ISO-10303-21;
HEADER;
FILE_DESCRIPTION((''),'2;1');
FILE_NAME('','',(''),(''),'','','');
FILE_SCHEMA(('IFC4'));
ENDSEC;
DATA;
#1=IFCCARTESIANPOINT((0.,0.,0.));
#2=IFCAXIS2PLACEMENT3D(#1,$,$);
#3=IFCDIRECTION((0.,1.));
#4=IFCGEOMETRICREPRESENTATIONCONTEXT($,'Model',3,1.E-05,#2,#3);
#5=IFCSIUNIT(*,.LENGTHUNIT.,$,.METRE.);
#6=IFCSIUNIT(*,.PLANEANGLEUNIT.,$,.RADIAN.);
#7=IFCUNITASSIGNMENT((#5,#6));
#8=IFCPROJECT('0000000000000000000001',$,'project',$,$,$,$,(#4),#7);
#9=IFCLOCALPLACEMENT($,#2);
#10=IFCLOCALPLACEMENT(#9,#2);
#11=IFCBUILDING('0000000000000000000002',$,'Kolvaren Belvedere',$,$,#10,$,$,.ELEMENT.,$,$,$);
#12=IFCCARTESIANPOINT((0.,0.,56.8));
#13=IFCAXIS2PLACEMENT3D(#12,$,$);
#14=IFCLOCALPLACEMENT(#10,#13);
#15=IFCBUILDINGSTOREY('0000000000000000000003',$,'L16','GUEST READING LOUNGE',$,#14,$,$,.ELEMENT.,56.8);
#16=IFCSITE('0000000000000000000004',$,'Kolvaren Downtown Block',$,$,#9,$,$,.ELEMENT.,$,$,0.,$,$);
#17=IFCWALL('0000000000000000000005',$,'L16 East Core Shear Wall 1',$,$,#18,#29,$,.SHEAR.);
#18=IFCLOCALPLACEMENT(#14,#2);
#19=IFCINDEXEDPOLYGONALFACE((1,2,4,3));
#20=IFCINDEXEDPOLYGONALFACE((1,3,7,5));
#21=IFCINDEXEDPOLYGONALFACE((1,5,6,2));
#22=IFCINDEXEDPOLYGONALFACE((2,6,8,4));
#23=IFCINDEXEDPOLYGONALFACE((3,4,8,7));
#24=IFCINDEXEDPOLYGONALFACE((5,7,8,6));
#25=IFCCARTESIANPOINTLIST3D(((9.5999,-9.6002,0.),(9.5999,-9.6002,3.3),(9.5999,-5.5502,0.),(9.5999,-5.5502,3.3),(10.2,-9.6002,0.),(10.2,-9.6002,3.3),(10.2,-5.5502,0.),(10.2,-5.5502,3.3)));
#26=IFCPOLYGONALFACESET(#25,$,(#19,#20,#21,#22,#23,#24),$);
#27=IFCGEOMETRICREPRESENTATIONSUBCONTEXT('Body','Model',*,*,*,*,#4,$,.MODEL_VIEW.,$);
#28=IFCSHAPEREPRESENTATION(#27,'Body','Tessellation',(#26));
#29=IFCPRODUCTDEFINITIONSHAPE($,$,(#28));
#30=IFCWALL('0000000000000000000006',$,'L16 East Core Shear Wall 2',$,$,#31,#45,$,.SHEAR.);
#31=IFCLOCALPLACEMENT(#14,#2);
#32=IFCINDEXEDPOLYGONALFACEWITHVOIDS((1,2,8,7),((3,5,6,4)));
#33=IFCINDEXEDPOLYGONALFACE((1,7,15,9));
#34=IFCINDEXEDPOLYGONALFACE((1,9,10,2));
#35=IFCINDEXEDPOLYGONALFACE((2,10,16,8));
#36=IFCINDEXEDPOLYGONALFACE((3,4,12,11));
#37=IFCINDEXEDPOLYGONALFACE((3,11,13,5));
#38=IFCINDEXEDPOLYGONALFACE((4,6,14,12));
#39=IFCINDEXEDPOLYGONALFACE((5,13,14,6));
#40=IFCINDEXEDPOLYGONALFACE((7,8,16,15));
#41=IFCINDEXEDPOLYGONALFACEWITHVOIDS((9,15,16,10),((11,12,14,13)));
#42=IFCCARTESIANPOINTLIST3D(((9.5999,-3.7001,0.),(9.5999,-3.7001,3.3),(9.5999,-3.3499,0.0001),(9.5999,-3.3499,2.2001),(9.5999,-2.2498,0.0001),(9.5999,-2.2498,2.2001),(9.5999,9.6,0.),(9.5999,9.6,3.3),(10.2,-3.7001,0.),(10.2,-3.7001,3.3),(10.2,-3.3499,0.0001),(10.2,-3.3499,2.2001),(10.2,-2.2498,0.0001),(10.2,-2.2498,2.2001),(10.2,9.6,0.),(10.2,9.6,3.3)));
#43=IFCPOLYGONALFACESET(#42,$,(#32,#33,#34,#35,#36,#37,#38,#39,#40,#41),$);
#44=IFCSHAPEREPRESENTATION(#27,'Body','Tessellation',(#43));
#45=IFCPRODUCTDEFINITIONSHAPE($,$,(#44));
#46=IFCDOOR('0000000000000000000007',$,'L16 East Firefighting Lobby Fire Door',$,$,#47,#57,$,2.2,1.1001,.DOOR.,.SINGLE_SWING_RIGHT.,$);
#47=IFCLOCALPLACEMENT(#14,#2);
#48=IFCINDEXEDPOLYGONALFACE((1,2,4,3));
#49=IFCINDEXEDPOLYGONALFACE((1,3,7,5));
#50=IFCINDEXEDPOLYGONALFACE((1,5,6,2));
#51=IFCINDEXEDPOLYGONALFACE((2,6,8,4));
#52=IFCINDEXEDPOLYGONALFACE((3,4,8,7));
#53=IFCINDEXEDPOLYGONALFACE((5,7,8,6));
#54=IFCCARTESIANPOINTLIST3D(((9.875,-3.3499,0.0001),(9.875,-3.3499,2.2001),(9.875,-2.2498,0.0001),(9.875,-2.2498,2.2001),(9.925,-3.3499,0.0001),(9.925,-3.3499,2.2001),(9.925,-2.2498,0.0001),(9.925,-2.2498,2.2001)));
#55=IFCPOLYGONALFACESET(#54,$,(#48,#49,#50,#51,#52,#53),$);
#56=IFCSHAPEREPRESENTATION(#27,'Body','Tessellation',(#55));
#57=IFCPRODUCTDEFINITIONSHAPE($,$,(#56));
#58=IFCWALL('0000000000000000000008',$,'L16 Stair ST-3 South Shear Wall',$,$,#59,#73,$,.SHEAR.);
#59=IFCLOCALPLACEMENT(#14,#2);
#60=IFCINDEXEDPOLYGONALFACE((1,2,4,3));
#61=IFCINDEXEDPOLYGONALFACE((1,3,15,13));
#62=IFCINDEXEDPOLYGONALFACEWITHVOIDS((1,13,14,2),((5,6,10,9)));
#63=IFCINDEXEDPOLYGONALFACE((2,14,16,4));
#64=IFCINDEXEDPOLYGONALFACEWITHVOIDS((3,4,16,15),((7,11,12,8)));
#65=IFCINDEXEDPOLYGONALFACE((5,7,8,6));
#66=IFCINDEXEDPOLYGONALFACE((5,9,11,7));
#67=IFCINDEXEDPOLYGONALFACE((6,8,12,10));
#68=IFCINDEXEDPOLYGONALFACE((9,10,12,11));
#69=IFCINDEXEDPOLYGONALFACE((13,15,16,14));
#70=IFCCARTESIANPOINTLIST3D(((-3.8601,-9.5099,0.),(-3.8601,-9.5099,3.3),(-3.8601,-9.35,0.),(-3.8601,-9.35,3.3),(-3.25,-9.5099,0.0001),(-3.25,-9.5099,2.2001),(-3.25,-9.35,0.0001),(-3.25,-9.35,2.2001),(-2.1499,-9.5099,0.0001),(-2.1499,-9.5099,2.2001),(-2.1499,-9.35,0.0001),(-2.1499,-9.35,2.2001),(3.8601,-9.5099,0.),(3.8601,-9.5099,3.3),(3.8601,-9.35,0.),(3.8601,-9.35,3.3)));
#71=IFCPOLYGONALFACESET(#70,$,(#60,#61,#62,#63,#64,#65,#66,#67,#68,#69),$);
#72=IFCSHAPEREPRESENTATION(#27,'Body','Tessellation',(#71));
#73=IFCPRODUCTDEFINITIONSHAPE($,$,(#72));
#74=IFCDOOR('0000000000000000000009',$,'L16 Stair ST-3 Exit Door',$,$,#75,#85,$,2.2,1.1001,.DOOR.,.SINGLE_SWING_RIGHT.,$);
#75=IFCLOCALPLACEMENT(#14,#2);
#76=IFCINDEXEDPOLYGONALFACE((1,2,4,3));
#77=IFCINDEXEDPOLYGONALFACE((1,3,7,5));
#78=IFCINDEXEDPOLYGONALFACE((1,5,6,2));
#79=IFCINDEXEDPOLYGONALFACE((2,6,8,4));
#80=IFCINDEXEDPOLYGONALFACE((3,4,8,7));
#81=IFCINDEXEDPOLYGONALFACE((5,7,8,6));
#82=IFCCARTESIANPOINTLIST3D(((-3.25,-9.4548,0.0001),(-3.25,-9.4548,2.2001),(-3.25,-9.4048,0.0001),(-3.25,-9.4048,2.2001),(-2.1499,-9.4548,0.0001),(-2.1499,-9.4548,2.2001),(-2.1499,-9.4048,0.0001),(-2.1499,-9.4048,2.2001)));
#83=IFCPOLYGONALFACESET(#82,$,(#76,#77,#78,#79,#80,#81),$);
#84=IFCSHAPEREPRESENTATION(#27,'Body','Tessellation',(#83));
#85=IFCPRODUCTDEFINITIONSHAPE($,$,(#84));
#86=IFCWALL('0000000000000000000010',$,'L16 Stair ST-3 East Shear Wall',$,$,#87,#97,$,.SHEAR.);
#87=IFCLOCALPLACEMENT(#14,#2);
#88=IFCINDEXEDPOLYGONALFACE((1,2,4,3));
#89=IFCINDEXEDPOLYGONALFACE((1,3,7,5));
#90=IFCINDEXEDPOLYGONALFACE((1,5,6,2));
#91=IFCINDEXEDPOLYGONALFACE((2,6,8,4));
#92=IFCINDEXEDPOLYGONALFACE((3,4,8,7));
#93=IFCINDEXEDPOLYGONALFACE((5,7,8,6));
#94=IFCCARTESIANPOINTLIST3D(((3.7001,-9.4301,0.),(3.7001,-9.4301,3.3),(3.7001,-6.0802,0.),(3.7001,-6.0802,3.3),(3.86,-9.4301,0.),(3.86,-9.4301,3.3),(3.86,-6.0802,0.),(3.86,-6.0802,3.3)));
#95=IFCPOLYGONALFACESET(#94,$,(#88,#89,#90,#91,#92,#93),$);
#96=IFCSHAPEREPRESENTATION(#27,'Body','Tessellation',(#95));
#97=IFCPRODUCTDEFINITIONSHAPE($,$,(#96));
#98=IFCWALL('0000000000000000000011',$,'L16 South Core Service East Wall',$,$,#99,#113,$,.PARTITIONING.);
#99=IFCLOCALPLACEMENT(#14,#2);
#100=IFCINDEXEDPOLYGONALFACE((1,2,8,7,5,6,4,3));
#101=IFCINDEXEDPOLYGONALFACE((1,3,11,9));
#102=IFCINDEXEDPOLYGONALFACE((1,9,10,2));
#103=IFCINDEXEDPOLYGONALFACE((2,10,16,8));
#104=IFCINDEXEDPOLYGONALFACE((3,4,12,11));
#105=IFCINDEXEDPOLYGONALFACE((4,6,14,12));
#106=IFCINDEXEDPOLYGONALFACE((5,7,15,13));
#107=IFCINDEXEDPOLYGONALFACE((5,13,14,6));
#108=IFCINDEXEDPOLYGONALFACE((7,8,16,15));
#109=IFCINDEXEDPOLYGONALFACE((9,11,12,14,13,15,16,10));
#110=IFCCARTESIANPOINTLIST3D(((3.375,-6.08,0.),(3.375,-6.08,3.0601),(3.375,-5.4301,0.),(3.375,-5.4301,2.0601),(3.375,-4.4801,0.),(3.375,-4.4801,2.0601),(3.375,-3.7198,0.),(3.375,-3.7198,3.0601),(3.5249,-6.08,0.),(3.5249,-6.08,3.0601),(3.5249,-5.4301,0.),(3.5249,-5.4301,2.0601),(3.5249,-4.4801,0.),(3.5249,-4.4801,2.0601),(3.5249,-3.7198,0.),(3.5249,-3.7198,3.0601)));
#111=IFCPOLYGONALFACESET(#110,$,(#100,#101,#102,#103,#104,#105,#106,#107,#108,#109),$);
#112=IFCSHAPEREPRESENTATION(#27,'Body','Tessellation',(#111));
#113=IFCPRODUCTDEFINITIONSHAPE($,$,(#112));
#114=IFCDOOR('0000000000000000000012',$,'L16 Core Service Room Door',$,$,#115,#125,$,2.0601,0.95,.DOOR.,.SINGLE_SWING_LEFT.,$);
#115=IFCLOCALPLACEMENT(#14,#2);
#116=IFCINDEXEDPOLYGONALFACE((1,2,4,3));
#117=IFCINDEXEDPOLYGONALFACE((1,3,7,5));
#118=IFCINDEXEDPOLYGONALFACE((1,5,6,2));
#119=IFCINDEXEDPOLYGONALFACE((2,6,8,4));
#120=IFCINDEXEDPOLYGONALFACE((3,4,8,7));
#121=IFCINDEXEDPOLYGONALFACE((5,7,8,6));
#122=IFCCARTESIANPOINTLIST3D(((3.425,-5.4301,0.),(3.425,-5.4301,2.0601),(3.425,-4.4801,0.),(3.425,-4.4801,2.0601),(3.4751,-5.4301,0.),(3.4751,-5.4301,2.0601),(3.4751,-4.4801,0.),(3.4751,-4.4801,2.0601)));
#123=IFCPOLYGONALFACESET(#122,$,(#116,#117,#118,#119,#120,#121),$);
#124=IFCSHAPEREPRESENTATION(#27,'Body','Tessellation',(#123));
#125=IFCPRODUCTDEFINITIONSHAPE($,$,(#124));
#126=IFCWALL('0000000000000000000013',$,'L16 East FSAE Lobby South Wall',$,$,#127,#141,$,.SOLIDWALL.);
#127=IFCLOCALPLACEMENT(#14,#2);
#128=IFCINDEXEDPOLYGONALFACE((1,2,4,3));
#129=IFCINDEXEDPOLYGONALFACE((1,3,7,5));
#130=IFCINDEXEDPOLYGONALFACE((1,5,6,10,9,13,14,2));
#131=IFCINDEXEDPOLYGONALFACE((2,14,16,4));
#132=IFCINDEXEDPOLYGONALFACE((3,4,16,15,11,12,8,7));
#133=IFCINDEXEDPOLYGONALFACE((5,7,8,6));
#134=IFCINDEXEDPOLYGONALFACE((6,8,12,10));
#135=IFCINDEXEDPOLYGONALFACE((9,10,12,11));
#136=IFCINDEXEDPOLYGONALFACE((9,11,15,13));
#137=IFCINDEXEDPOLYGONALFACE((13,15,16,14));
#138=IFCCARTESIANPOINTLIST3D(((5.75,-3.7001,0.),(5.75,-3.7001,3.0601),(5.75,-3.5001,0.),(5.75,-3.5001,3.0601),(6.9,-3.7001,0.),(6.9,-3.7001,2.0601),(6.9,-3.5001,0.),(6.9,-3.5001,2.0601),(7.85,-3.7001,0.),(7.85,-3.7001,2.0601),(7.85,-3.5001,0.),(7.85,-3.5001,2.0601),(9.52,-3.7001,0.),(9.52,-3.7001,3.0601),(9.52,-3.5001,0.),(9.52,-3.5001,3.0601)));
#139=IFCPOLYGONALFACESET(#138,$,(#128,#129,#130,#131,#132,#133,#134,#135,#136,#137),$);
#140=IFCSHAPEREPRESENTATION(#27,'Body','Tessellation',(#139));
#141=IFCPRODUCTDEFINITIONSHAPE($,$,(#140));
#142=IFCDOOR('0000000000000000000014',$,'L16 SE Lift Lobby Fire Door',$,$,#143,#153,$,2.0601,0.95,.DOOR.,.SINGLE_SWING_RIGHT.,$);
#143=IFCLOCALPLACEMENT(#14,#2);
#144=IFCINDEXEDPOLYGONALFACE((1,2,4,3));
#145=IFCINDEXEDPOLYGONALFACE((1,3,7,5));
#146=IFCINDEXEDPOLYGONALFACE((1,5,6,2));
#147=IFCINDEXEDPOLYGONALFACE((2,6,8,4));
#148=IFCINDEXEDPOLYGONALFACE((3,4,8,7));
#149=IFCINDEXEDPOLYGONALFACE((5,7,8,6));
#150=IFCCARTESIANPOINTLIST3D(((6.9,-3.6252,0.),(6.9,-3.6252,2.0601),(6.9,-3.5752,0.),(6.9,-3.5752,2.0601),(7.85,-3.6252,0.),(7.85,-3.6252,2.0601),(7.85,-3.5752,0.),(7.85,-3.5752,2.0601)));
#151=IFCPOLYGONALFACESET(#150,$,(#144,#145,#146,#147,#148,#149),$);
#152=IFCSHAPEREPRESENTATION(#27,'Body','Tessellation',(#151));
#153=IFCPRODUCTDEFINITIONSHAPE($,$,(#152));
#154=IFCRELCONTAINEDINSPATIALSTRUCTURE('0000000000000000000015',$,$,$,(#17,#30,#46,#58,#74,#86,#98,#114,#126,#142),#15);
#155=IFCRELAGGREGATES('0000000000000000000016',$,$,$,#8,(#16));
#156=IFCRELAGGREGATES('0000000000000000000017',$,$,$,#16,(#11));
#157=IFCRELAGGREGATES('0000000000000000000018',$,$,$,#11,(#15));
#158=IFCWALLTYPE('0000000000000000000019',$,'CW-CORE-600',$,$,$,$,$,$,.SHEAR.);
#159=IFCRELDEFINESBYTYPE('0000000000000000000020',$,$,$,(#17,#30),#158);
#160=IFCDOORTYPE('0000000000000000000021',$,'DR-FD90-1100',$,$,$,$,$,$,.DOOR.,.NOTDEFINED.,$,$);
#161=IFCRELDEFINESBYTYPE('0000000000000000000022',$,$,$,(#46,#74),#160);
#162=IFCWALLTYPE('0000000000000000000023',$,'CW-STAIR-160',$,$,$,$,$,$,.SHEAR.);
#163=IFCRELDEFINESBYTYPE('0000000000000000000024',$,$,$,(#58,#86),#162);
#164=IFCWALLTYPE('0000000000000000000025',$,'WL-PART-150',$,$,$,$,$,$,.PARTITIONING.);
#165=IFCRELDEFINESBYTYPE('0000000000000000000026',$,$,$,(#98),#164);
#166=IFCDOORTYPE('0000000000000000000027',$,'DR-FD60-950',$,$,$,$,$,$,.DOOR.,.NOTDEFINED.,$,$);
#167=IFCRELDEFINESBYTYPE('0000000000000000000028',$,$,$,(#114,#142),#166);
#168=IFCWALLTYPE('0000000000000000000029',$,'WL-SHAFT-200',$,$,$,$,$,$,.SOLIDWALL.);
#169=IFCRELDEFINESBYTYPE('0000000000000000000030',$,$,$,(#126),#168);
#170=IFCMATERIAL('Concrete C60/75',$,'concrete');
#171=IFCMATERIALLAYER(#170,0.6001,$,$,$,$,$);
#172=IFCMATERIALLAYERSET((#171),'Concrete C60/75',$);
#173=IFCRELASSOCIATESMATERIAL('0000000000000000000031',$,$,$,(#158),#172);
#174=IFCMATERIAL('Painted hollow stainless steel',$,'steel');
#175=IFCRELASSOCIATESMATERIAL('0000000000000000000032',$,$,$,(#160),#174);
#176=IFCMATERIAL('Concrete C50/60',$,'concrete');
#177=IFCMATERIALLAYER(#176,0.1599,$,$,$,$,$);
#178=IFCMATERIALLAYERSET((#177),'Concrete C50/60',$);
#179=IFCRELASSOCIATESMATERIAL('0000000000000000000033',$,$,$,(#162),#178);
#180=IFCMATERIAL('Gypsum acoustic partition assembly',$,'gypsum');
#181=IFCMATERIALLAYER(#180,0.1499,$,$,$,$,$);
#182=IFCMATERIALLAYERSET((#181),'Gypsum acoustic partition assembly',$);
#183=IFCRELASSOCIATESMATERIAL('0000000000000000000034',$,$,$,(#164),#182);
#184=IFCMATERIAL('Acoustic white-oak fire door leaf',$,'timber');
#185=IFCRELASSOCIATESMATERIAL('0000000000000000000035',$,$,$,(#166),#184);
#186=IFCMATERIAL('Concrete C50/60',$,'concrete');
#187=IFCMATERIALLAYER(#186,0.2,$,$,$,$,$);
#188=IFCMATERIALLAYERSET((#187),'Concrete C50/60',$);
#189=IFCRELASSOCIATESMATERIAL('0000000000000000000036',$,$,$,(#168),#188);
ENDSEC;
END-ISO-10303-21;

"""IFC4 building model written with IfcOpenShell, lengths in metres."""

from ifc_helpers import new_model, si_unit, direction, frame, frame_2d, origin, place, context, subcontext, project, spatial, rectangle, extrude, material, layer, layer_set, type_object, element, fill, save


model = new_model("IFC4")

# Units and contexts
model_context = context("Model", 3, precision=1e-05, world=origin(), true_north=direction((0.0, 1.0)))
body_context = subcontext(model_context, "Body", "Model", "MODEL_VIEW")
ifc_project = project(units=[si_unit("LENGTHUNIT", "METRE"), si_unit("PLANEANGLEUNIT", "RADIAN")], contexts=[model_context])

# Site, building, storey
site_placement = place(None, origin())
site = spatial("IfcSite", under=ifc_project, at=site_placement, Name="Kolvaren Downtown Block", CompositionType="ELEMENT", RefElevation=0.0)
building_placement = place(site_placement, origin())
building = spatial("IfcBuilding", under=site, at=building_placement, Name="Kolvaren Belvedere", CompositionType="ELEMENT")
storey_placement = place(building_placement, frame((0.0, 0.0, 56.8)))
storey = spatial("IfcBuildingStorey", under=building, at=storey_placement, Name="L16", Description="GUEST READING LOUNGE", CompositionType="ELEMENT", Elevation=56.8)

# Wall
ifc_material_1 = material(Name="Concrete C60/75", Category="concrete")
ifc_layer_1 = layer(ifc_material_1, 0.6001)
ifc_layer_set_1 = layer_set([ifc_layer_1], Name="Concrete C60/75")
wall_type_1 = type_object("IfcWallType", Name="CW-CORE-600", PredefinedType="SHEAR", material=ifc_layer_set_1)
wall_1_placement = place(storey_placement, frame((9.8999, -9.6001, 0.0), z_axis=(0.0, 0.0, 1.0), x_axis=(0.0, 1.0, 0.0)))
element("IfcWall", 1, at=wall_1_placement, inside=storey, type_object=wall_type_1, Name="L16 East Core Shear Wall 1", PredefinedType="SHEAR", context=body_context, shape_type="SweptSolid", body=[
    extrude(rectangle(XDim=4.05, YDim=0.6001, at=frame_2d((2.0249, 0.0))), origin(), (0.0, 0.0, 1.0), 3.3),
])

# Walls, openings, doors
wall_2_placement = place(storey_placement, frame((9.8999, -3.7, 0.0), z_axis=(0.0, 0.0, 1.0), x_axis=(0.0, 1.0, 0.0)))
wall_2 = element("IfcWall", 2, at=wall_2_placement, inside=storey, type_object=wall_type_1, Name="L16 East Core Shear Wall 2", PredefinedType="SHEAR", context=body_context, shape_type="SweptSolid", body=[
    extrude(rectangle(XDim=13.3, YDim=0.6001, at=frame_2d((6.6499, 0.0))), origin(), (0.0, 0.0, 1.0), 3.3),
])
opening_1_placement = place(wall_2_placement, frame((0.3501, 0.0, 0.0)))
opening_1 = element("IfcOpeningElement", 3, at=opening_1_placement, cuts=wall_2, PredefinedType="OPENING", context=body_context, shape_type="SweptSolid", body=[
    extrude(rectangle(XDim=1.1001, YDim=2.2, at=frame_2d((0.55, 1.1001))), frame((0.0, 0.3101, 0.0), z_axis=(0.0, -1.0, 0.0), x_axis=(1.0, 0.0, 0.0)), (0.0, 0.0, 1.0), 0.6201),
])
ifc_material_2 = material(Name="Painted hollow stainless steel", Category="steel")
door_type_1 = type_object("IfcDoorType", Name="DR-FD90-1100", OperationType="NOTDEFINED", PredefinedType="DOOR", material=ifc_material_2)
door_1_placement = place(opening_1_placement, origin())
door_1 = element("IfcDoor", 4, at=door_1_placement, inside=storey, type_object=door_type_1, Name="L16 East Firefighting Lobby Fire Door", OperationType="SINGLE_SWING_RIGHT", OverallHeight=2.2, OverallWidth=1.1001, PredefinedType="DOOR", context=body_context, shape_type="SweptSolid", body=[
    extrude(rectangle(XDim=1.1001, YDim=2.2, at=frame_2d((0.55, 1.1001))), frame((0.0, 0.0249, 0.0), z_axis=(0.0, -1.0, 0.0), x_axis=(1.0, 0.0, 0.0)), (0.0, 0.0, 1.0), 0.05),
])
fill(opening_1, door_1)
ifc_material_3 = material(Name="Concrete C50/60", Category="concrete")
ifc_layer_2 = layer(ifc_material_3, 0.1599)
ifc_layer_set_2 = layer_set([ifc_layer_2], Name="Concrete C50/60")
wall_type_2 = type_object("IfcWallType", Name="CW-STAIR-160", PredefinedType="SHEAR", material=ifc_layer_set_2)
wall_3_placement = place(storey_placement, frame((3.8601, -9.4299, 0.0), z_axis=(0.0, 0.0, 1.0), x_axis=(-1.0, 0.0, 0.0)))
wall_3 = element("IfcWall", 5, at=wall_3_placement, inside=storey, type_object=wall_type_2, Name="L16 Stair ST-3 South Shear Wall", PredefinedType="SHEAR", context=body_context, shape_type="SweptSolid", body=[
    extrude(rectangle(XDim=7.7202, YDim=0.1599, at=frame_2d((3.8601, 0.0))), origin(), (0.0, 0.0, 1.0), 3.3),
])
opening_2_placement = place(wall_3_placement, frame((6.01, 0.0, 0.0)))
opening_2 = element("IfcOpeningElement", 6, at=opening_2_placement, cuts=wall_3, PredefinedType="OPENING", context=body_context, shape_type="SweptSolid", body=[
    extrude(rectangle(XDim=1.1001, YDim=2.2, at=frame_2d((0.55, 1.1001))), frame((0.0, 0.0898, 0.0), z_axis=(0.0, -1.0, 0.0), x_axis=(1.0, 0.0, 0.0)), (0.0, 0.0, 1.0), 0.1799),
])
door_2_placement = place(opening_2_placement, origin())
door_2 = element("IfcDoor", 7, at=door_2_placement, inside=storey, type_object=door_type_1, Name="L16 Stair ST-3 Exit Door", OperationType="SINGLE_SWING_RIGHT", OverallHeight=2.2, OverallWidth=1.1001, PredefinedType="DOOR", context=body_context, shape_type="SweptSolid", body=[
    extrude(rectangle(XDim=1.1001, YDim=2.2, at=frame_2d((0.55, 1.1001))), frame((0.0, 0.0249, 0.0), z_axis=(0.0, -1.0, 0.0), x_axis=(1.0, 0.0, 0.0)), (0.0, 0.0, 1.0), 0.05),
])
fill(opening_2, door_2)

# Wall
wall_4_placement = place(storey_placement, frame((3.78, -9.4299, 0.0), z_axis=(0.0, 0.0, 1.0), x_axis=(0.0, 1.0, 0.0)))
element("IfcWall", 8, at=wall_4_placement, inside=storey, type_object=wall_type_2, Name="L16 Stair ST-3 East Shear Wall", PredefinedType="SHEAR", context=body_context, shape_type="SweptSolid", body=[
    extrude(rectangle(XDim=3.3499, YDim=0.1599, at=frame_2d((1.6748, 0.0))), origin(), (0.0, 0.0, 1.0), 3.3),
])

# Walls, openings, doors
ifc_material_4 = material(Name="Gypsum acoustic partition assembly", Category="gypsum")
ifc_layer_3 = layer(ifc_material_4, 0.1499)
ifc_layer_set_3 = layer_set([ifc_layer_3], Name="Gypsum acoustic partition assembly")
wall_type_3 = type_object("IfcWallType", Name="WL-PART-150", PredefinedType="PARTITIONING", material=ifc_layer_set_3)
wall_5_placement = place(storey_placement, frame((3.45, -6.0801, 0.0), z_axis=(0.0, 0.0, 1.0), x_axis=(0.0, 1.0, 0.0)))
wall_5 = element("IfcWall", 9, at=wall_5_placement, inside=storey, type_object=wall_type_3, Name="L16 South Core Service East Wall", PredefinedType="PARTITIONING", context=body_context, shape_type="SweptSolid", body=[
    extrude(rectangle(XDim=2.3601, YDim=0.1499, at=frame_2d((1.1802, 0.0))), origin(), (0.0, 0.0, 1.0), 3.0601),
])
opening_3_placement = place(wall_5_placement, frame((0.6499, 0.0, 0.0)))
opening_3 = element("IfcOpeningElement", 10, at=opening_3_placement, cuts=wall_5, PredefinedType="OPENING", context=body_context, shape_type="SweptSolid", body=[
    extrude(rectangle(XDim=0.95, YDim=2.0601, at=frame_2d((0.4751, 1.03))), frame((0.0, 0.085, 0.0), z_axis=(0.0, -1.0, 0.0), x_axis=(1.0, 0.0, 0.0)), (0.0, 0.0, 1.0), 0.1699),
])
ifc_material_5 = material(Name="Acoustic white-oak fire door leaf", Category="timber")
door_type_2 = type_object("IfcDoorType", Name="DR-FD60-950", OperationType="NOTDEFINED", PredefinedType="DOOR", material=ifc_material_5)
door_3_placement = place(opening_3_placement, origin())
door_3 = element("IfcDoor", 11, at=door_3_placement, inside=storey, type_object=door_type_2, Name="L16 Core Service Room Door", OperationType="SINGLE_SWING_LEFT", OverallHeight=2.0601, OverallWidth=0.95, PredefinedType="DOOR", context=body_context, shape_type="SweptSolid", body=[
    extrude(rectangle(XDim=0.95, YDim=2.0601, at=frame_2d((0.4751, 1.03))), frame((0.0, 0.0249, 0.0), z_axis=(0.0, -1.0, 0.0), x_axis=(1.0, 0.0, 0.0)), (0.0, 0.0, 1.0), 0.05),
])
fill(opening_3, door_3)
ifc_material_6 = material(Name="Concrete C50/60", Category="concrete")
ifc_layer_4 = layer(ifc_material_6, 0.2)
ifc_layer_set_4 = layer_set([ifc_layer_4], Name="Concrete C50/60")
wall_type_4 = type_object("IfcWallType", Name="WL-SHAFT-200", PredefinedType="SOLIDWALL", material=ifc_layer_set_4)
wall_6_placement = place(storey_placement, frame((5.75, -3.6001, 0.0), z_axis=(0.0, 0.0, 1.0), x_axis=(1.0, 0.0, 0.0)))
wall_6 = element("IfcWall", 12, at=wall_6_placement, inside=storey, type_object=wall_type_4, Name="L16 East FSAE Lobby South Wall", PredefinedType="SOLIDWALL", context=body_context, shape_type="SweptSolid", body=[
    extrude(rectangle(XDim=3.77, YDim=0.2, at=frame_2d((1.885, 0.0))), origin(), (0.0, 0.0, 1.0), 3.0601),
])
opening_4_placement = place(wall_6_placement, frame((1.1499, 0.0, 0.0)))
opening_4 = element("IfcOpeningElement", 13, at=opening_4_placement, cuts=wall_6, PredefinedType="OPENING", context=body_context, shape_type="SweptSolid", body=[
    extrude(rectangle(XDim=0.95, YDim=2.0601, at=frame_2d((0.4751, 1.03))), frame((0.0, 0.1099, 0.0), z_axis=(0.0, -1.0, 0.0), x_axis=(1.0, 0.0, 0.0)), (0.0, 0.0, 1.0), 0.22),
])
door_4_placement = place(opening_4_placement, origin())
door_4 = element("IfcDoor", 14, at=door_4_placement, inside=storey, type_object=door_type_2, Name="L16 SE Lift Lobby Fire Door", OperationType="SINGLE_SWING_RIGHT", OverallHeight=2.0601, OverallWidth=0.95, PredefinedType="DOOR", context=body_context, shape_type="SweptSolid", body=[
    extrude(rectangle(XDim=0.95, YDim=2.0601, at=frame_2d((0.4751, 1.03))), frame((0.0, 0.0249, 0.0), z_axis=(0.0, -1.0, 0.0), x_axis=(1.0, 0.0, 0.0)), (0.0, 0.0, 1.0), 0.05),
])
fill(opening_4, door_4)

save(model, "model.ifc")
